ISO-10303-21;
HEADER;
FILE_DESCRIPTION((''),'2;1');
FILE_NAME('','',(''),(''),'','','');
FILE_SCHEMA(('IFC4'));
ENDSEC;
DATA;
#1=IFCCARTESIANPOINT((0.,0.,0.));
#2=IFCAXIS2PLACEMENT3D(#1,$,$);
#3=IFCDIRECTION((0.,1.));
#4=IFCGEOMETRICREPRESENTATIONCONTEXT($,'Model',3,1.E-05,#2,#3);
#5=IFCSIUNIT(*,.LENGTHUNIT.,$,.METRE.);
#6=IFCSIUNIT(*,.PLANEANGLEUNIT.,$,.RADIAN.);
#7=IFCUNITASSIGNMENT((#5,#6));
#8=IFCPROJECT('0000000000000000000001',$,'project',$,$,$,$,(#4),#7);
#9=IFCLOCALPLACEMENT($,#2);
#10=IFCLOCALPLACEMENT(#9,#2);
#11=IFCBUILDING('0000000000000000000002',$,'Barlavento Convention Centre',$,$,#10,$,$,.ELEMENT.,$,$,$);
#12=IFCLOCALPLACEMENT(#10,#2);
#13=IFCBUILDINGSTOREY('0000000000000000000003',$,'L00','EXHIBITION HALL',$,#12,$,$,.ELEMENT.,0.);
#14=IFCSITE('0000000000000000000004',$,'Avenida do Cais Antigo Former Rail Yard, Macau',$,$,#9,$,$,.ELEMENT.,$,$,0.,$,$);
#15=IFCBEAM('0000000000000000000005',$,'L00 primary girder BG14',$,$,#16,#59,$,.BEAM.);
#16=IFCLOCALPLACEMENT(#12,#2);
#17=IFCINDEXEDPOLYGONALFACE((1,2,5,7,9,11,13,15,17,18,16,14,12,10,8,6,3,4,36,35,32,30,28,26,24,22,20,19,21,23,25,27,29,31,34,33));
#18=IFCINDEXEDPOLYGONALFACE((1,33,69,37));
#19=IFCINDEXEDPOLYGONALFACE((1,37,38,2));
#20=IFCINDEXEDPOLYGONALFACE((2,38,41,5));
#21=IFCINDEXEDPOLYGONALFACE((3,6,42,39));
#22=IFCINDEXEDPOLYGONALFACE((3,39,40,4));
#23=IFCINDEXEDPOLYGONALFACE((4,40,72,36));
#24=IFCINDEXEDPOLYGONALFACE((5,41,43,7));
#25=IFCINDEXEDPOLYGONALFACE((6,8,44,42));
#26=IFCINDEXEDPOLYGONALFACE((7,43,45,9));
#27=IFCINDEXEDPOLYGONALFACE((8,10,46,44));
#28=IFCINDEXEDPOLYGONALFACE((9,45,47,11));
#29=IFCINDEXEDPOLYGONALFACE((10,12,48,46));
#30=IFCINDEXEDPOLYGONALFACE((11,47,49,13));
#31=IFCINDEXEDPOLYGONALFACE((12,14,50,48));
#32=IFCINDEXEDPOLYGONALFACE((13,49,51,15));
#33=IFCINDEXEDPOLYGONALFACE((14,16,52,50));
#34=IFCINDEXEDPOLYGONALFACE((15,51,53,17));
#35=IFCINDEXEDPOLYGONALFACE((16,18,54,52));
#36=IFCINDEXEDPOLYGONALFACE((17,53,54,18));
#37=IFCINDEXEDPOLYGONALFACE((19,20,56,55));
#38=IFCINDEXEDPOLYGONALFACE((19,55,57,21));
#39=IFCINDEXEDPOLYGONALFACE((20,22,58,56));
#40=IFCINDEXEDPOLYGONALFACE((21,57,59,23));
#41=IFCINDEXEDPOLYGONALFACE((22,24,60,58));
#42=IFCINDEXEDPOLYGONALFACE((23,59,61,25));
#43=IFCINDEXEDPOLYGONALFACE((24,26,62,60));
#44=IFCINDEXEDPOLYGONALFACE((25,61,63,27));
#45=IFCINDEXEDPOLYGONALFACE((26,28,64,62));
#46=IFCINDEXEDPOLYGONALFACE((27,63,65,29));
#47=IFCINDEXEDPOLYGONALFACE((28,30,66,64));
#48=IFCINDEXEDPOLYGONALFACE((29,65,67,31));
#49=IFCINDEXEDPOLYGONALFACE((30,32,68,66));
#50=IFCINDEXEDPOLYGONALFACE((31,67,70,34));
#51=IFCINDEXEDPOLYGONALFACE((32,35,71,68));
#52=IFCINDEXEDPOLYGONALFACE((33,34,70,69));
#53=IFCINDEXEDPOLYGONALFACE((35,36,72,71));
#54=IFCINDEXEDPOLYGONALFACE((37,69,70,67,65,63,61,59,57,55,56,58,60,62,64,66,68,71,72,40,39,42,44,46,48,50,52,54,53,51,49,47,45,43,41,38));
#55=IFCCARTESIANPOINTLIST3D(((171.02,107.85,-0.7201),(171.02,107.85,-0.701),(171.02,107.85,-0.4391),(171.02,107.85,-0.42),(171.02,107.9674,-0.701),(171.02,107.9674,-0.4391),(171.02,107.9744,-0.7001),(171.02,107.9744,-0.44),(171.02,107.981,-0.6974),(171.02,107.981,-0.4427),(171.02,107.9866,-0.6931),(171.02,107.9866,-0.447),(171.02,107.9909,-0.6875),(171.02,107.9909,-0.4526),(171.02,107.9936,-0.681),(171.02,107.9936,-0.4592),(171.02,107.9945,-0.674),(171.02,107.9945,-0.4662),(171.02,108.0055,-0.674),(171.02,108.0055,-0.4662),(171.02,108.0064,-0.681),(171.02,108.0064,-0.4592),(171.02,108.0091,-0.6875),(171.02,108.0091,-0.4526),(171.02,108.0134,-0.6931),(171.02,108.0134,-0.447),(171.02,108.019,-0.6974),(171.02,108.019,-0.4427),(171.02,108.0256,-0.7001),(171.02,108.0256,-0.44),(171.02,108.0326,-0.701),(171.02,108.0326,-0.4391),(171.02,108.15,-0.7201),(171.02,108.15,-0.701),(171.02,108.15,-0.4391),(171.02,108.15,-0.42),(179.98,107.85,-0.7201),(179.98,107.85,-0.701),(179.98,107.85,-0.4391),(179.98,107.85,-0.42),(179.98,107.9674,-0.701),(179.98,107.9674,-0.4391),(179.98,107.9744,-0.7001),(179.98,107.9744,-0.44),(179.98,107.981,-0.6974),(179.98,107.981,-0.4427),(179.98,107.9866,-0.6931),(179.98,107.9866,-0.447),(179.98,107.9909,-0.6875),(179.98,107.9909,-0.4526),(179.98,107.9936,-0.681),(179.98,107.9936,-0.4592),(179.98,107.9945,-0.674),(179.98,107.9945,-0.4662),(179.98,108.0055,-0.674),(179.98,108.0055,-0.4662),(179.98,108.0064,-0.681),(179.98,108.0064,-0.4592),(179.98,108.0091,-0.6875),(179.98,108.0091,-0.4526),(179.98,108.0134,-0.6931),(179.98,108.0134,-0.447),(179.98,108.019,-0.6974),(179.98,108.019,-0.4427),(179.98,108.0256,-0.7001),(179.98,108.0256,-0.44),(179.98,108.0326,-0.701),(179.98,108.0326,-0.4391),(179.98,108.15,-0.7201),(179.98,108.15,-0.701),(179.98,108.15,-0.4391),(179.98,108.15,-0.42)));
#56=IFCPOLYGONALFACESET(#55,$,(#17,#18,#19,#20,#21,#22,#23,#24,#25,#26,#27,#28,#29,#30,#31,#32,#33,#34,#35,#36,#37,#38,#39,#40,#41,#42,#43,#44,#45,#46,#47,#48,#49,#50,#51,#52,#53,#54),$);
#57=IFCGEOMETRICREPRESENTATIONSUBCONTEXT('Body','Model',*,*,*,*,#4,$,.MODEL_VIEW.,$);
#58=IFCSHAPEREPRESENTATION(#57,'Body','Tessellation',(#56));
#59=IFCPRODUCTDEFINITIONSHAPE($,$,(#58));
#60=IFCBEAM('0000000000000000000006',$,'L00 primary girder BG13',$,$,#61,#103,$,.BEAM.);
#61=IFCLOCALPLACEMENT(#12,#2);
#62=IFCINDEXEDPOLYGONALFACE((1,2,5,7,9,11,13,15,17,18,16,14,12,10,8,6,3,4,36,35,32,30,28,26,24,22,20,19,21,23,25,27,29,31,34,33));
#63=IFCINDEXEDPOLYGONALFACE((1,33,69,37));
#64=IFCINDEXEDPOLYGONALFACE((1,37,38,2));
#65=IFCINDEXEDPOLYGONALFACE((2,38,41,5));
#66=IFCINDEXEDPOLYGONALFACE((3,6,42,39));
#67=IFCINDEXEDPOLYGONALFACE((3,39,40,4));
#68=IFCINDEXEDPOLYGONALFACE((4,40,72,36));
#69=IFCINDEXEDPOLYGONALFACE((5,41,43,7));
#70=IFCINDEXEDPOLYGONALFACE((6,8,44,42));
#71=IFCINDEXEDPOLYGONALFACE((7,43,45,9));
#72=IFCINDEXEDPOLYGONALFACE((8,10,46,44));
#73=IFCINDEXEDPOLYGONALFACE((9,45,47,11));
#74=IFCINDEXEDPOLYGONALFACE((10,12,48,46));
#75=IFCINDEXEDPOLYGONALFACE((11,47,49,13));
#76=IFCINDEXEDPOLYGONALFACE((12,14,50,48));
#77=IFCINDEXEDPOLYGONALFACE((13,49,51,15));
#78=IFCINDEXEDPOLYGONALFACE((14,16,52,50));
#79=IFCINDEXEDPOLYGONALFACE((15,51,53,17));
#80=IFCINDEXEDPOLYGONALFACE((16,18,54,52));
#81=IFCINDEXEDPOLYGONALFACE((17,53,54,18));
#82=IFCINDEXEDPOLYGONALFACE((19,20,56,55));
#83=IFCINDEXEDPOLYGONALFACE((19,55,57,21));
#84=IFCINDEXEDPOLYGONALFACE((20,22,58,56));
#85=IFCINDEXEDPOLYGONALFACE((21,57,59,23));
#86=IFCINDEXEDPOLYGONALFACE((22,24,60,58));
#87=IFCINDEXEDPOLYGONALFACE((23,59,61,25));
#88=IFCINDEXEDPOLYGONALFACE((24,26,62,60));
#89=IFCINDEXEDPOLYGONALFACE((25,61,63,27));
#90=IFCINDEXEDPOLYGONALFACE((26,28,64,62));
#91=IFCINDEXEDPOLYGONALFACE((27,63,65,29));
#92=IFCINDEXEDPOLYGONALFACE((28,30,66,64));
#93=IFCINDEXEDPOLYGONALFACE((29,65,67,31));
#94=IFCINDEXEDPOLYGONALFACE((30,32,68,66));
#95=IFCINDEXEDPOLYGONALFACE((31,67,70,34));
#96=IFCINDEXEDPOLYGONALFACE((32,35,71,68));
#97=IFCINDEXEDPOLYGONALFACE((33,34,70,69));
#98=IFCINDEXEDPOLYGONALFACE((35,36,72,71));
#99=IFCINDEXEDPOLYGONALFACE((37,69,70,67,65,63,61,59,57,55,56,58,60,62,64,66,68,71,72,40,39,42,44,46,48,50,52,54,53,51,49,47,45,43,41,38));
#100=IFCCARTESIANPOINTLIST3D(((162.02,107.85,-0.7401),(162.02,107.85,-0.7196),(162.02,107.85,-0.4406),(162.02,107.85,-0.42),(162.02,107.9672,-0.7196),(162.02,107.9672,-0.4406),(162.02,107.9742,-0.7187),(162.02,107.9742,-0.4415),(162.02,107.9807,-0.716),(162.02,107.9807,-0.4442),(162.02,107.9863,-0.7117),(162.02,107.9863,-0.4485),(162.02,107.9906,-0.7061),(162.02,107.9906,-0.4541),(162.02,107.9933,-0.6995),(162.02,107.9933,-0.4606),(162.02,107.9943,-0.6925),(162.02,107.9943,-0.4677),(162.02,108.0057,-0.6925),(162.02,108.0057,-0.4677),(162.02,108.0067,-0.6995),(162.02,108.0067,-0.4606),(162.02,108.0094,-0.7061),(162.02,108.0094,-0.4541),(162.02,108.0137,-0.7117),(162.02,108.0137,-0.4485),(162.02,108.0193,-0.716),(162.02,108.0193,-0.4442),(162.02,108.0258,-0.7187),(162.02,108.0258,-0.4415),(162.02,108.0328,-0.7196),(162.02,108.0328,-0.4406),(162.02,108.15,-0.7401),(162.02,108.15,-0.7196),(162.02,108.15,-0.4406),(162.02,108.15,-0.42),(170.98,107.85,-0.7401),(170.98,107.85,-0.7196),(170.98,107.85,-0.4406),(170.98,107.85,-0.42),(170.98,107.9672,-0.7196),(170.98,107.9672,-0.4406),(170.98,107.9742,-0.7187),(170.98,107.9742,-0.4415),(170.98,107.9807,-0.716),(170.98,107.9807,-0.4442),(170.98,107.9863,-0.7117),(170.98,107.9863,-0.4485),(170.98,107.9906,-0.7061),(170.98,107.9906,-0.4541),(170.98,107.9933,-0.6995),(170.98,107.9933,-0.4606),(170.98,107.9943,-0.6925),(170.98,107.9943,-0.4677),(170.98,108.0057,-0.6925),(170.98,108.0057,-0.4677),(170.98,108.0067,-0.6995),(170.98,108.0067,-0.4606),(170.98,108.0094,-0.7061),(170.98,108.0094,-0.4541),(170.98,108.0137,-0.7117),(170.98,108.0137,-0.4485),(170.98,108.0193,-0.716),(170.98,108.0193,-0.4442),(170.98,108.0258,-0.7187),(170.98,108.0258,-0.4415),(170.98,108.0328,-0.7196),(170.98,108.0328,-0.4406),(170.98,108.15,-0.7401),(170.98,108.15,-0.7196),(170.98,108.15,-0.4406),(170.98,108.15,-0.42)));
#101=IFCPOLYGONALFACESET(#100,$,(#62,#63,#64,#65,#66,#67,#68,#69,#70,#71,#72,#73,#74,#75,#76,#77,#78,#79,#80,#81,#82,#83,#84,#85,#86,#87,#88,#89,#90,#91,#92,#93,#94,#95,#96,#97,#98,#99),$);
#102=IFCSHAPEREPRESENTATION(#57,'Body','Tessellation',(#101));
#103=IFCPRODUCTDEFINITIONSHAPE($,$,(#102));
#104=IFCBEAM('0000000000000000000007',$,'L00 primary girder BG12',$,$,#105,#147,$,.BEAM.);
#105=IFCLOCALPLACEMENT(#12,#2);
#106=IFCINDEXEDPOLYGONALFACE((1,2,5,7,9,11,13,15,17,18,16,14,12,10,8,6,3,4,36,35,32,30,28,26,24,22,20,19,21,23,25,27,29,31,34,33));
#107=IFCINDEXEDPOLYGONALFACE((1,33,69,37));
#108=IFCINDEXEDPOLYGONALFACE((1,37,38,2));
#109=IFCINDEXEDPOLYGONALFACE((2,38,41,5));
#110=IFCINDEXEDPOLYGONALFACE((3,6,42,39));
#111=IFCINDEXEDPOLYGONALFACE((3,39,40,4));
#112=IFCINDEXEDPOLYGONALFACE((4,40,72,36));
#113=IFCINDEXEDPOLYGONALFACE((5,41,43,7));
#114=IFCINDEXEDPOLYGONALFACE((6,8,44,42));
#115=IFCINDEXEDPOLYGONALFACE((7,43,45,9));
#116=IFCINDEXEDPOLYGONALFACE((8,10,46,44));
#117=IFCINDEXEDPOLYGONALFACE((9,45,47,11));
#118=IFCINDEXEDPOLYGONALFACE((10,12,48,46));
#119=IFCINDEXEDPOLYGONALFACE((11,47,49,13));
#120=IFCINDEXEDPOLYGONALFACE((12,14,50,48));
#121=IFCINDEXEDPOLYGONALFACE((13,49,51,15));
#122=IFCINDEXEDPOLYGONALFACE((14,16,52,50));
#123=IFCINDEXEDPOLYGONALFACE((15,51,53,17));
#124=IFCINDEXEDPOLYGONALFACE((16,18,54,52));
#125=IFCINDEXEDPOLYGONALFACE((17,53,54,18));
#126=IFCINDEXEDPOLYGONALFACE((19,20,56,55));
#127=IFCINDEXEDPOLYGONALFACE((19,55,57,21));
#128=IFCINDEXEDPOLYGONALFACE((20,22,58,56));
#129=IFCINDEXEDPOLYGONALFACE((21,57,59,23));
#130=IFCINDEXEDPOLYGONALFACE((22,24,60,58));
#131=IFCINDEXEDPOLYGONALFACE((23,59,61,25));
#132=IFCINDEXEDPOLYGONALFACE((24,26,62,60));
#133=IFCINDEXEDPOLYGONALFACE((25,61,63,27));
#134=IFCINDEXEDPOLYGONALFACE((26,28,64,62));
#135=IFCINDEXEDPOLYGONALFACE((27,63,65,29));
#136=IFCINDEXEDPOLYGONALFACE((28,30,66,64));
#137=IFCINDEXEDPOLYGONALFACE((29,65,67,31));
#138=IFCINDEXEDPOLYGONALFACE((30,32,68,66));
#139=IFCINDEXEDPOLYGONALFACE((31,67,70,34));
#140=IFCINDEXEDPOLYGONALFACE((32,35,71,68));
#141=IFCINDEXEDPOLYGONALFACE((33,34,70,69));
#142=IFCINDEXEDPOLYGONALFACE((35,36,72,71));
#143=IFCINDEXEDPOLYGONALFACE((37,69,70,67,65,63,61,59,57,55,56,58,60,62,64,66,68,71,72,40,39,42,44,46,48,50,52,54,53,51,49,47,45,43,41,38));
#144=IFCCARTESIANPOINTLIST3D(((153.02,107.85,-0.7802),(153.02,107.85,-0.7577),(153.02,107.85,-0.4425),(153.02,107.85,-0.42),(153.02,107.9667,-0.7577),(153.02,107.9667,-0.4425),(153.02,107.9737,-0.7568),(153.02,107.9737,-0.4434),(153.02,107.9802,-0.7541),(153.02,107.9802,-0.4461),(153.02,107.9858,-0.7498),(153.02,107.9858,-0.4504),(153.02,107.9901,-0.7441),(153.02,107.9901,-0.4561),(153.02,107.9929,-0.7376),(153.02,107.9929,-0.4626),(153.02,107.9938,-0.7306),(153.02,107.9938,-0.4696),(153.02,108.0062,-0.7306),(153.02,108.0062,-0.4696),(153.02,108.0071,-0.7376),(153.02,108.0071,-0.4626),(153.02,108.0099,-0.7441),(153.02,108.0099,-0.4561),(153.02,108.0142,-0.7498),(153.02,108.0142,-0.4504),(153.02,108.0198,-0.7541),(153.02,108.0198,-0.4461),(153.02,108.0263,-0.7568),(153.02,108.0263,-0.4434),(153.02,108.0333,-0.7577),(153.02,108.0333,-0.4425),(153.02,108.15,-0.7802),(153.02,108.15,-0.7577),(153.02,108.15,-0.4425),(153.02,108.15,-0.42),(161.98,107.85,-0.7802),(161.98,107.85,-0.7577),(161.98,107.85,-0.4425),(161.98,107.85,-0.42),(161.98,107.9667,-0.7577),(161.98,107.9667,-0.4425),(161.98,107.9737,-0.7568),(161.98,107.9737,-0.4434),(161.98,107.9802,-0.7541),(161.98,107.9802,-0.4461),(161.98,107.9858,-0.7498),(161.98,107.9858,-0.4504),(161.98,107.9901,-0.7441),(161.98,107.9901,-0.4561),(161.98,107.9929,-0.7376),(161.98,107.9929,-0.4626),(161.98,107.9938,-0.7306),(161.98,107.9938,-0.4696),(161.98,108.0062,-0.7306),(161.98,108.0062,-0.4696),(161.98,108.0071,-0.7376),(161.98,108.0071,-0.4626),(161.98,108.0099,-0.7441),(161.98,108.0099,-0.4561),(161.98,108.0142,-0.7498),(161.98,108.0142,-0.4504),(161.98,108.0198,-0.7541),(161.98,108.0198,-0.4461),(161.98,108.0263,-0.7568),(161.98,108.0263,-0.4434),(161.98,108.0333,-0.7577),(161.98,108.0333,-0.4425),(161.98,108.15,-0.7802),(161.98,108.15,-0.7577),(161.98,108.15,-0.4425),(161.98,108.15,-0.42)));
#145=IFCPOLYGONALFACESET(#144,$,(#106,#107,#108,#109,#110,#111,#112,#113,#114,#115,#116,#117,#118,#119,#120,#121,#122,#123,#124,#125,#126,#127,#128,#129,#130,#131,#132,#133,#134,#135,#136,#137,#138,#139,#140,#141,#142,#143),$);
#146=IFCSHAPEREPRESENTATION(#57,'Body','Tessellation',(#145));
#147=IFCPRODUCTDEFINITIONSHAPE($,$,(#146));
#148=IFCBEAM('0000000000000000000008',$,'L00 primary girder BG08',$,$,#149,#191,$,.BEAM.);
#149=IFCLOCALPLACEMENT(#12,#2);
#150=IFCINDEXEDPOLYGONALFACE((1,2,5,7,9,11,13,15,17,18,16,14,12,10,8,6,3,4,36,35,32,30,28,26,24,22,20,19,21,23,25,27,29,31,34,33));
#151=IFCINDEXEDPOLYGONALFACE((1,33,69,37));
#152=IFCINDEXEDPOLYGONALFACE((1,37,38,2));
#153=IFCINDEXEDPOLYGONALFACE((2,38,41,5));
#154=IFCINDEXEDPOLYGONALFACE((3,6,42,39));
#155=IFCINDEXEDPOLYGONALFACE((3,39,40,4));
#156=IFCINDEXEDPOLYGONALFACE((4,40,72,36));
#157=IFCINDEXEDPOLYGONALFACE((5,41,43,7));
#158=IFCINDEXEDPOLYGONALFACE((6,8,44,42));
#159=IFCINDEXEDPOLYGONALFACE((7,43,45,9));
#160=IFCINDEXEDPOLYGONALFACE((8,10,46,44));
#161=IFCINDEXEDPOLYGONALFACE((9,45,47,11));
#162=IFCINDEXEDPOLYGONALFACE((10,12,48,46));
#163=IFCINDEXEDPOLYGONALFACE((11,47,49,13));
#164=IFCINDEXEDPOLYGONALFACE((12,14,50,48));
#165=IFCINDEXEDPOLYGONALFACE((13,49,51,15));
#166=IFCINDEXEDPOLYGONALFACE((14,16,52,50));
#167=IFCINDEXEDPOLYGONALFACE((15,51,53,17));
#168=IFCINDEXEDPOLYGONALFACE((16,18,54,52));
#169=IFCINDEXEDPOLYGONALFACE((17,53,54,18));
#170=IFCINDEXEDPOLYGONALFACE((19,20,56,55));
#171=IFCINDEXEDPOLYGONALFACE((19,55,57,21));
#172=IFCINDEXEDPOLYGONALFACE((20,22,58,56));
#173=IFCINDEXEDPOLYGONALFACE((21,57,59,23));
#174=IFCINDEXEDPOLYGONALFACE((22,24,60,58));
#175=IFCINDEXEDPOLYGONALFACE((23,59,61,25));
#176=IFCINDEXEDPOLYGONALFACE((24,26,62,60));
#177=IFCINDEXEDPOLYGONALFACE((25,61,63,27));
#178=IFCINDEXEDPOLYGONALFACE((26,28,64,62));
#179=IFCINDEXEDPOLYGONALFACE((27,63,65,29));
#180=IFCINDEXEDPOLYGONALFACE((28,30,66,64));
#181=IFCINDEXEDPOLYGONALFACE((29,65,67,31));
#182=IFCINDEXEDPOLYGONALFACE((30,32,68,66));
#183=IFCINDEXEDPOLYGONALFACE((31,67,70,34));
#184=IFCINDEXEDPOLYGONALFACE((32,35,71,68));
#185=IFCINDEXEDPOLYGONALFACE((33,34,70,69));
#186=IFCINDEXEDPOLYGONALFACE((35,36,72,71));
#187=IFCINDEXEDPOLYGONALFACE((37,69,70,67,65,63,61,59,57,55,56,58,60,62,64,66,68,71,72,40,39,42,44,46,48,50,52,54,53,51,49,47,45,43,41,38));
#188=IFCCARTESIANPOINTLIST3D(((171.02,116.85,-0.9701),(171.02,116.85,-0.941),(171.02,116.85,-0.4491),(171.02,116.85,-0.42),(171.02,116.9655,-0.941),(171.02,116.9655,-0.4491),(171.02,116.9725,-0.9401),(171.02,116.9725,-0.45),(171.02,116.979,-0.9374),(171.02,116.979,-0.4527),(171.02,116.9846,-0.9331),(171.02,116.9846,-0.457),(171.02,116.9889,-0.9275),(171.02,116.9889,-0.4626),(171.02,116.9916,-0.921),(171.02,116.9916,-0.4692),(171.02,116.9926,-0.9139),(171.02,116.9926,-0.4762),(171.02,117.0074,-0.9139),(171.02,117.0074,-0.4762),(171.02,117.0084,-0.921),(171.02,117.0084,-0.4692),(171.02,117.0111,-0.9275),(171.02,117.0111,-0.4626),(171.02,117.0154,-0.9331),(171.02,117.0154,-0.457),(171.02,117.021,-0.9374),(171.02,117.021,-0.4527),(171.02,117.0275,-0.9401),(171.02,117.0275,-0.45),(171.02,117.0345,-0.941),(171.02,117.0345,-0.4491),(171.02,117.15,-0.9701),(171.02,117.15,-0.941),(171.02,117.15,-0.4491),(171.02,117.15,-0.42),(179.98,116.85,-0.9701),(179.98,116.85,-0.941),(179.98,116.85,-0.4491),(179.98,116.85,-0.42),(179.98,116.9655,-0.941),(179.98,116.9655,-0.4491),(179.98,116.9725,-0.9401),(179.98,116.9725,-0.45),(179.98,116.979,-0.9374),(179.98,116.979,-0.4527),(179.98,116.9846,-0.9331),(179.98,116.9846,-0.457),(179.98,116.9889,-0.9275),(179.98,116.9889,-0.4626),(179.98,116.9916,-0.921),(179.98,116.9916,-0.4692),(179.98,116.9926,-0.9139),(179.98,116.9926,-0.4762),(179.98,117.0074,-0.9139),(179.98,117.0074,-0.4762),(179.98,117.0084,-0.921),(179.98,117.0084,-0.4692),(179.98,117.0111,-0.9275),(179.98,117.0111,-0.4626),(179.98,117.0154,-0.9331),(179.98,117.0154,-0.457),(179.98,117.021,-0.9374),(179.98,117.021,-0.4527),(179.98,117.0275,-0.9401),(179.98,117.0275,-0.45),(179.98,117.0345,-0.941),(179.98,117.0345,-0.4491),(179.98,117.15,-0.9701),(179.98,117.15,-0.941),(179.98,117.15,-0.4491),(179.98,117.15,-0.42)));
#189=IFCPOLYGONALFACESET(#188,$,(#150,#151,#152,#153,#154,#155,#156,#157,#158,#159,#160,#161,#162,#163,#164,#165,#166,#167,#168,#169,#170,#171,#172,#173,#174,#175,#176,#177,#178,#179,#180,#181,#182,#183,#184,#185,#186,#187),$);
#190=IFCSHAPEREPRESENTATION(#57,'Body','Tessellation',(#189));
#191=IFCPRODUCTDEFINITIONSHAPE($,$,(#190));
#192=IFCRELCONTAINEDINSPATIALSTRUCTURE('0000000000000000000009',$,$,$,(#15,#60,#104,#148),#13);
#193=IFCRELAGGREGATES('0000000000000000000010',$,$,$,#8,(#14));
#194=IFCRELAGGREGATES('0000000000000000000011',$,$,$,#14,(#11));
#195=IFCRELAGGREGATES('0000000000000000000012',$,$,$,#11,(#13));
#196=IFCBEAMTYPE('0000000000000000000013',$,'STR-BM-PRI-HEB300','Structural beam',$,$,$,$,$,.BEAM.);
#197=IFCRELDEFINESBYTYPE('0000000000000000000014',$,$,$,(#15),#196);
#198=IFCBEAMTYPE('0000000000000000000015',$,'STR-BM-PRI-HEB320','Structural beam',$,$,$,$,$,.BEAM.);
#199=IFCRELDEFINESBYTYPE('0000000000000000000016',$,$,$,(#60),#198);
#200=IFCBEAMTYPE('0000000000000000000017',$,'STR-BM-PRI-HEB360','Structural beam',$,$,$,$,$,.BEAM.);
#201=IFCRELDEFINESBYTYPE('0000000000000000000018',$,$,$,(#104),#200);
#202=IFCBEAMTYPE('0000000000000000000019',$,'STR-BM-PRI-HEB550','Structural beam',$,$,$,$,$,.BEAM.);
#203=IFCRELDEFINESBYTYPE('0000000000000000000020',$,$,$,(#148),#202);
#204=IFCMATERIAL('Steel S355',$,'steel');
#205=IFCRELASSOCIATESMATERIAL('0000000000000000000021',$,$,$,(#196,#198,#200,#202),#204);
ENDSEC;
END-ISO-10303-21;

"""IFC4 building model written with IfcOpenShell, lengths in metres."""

from ifc_helpers import new_model, si_unit, direction, frame, origin, origin_2d, place, context, subcontext, project, spatial, i_section, extrude, material, material_profile, profile_set, type_object, element, save


model = new_model("IFC4")

# Units and contexts
model_context = context("Model", 3, precision=1e-05, world=origin(), true_north=direction((0.0, 1.0)))
body_context = subcontext(model_context, "Body", "Model", "MODEL_VIEW")
ifc_project = project(units=[si_unit("LENGTHUNIT", "METRE"), si_unit("PLANEANGLEUNIT", "RADIAN")], contexts=[model_context])

# Site, building, storey
site_placement = place(None, origin())
site = spatial("IfcSite", under=ifc_project, at=site_placement, Name="Avenida do Cais Antigo Former Rail Yard, Macau", CompositionType="ELEMENT", RefElevation=0.0)
building_placement = place(site_placement, origin())
building = spatial("IfcBuilding", under=site, at=building_placement, Name="Barlavento Convention Centre", CompositionType="ELEMENT")
storey_placement = place(building_placement, origin())
storey = spatial("IfcBuildingStorey", under=building, at=storey_placement, Name="L00", Description="EXHIBITION HALL", CompositionType="ELEMENT", Elevation=0.0)

# Beams
ifc_material_1 = material(Name="Steel S355", Category="steel")
ifc_material_profile_1 = material_profile(ifc_material_1, i_section(OverallWidth=0.3, OverallDepth=0.3, WebThickness=0.011, FlangeThickness=0.019, FilletRadius=0.0271, at=origin_2d()), Name="HEB 300")
ifc_profile_set_1 = profile_set([ifc_material_profile_1], Name="Steel S355")
beam_type_1 = type_object("IfcBeamType", Name="STR-BM-PRI-HEB300", Description="Structural beam", PredefinedType="BEAM", material=ifc_profile_set_1)
beam_1_placement = place(storey_placement, frame((171.02, 108.0, -0.5701), z_axis=(1.0, 0.0, 0.0), x_axis=(0.0, 1.0, 0.0)))
element("IfcBeam", 1, at=beam_1_placement, inside=storey, type_object=beam_type_1, Name="L00 primary girder BG14", PredefinedType="BEAM", context=body_context, shape_type="SweptSolid", body=[
    extrude(i_section(OverallWidth=0.3, OverallDepth=0.3, WebThickness=0.011, FlangeThickness=0.019, FilletRadius=0.0271, at=origin_2d()), origin(), (0.0, 0.0, 1.0), 8.96),
])
ifc_material_profile_2 = material_profile(ifc_material_1, i_section(OverallWidth=0.3, OverallDepth=0.3201, WebThickness=0.0115, FlangeThickness=0.0205, FilletRadius=0.0271, at=origin_2d()), Name="HEB 320")
ifc_profile_set_2 = profile_set([ifc_material_profile_2], Name="Steel S355")
beam_type_2 = type_object("IfcBeamType", Name="STR-BM-PRI-HEB320", Description="Structural beam", PredefinedType="BEAM", material=ifc_profile_set_2)
beam_2_placement = place(storey_placement, frame((162.02, 108.0, -0.5801), z_axis=(1.0, 0.0, 0.0), x_axis=(0.0, 1.0, 0.0)))
element("IfcBeam", 2, at=beam_2_placement, inside=storey, type_object=beam_type_2, Name="L00 primary girder BG13", PredefinedType="BEAM", context=body_context, shape_type="SweptSolid", body=[
    extrude(i_section(OverallWidth=0.3, OverallDepth=0.3201, WebThickness=0.0115, FlangeThickness=0.0205, FilletRadius=0.0271, at=origin_2d()), origin(), (0.0, 0.0, 1.0), 8.96),
])
ifc_material_profile_3 = material_profile(ifc_material_1, i_section(OverallWidth=0.3, OverallDepth=0.3601, WebThickness=0.0125, FlangeThickness=0.0225, FilletRadius=0.0271, at=origin_2d()), Name="HEB 360")
ifc_profile_set_3 = profile_set([ifc_material_profile_3], Name="Steel S355")
beam_type_3 = type_object("IfcBeamType", Name="STR-BM-PRI-HEB360", Description="Structural beam", PredefinedType="BEAM", material=ifc_profile_set_3)
beam_3_placement = place(storey_placement, frame((153.02, 108.0, -0.6001), z_axis=(1.0, 0.0, 0.0), x_axis=(0.0, 1.0, 0.0)))
element("IfcBeam", 3, at=beam_3_placement, inside=storey, type_object=beam_type_3, Name="L00 primary girder BG12", PredefinedType="BEAM", context=body_context, shape_type="SweptSolid", body=[
    extrude(i_section(OverallWidth=0.3, OverallDepth=0.3601, WebThickness=0.0125, FlangeThickness=0.0225, FilletRadius=0.0271, at=origin_2d()), origin(), (0.0, 0.0, 1.0), 8.96),
])
ifc_material_profile_4 = material_profile(ifc_material_1, i_section(OverallWidth=0.3, OverallDepth=0.55, WebThickness=0.0149, FlangeThickness=0.0291, FilletRadius=0.0271, at=origin_2d()), Name="HEB 550")
ifc_profile_set_4 = profile_set([ifc_material_profile_4], Name="Steel S355")
beam_type_4 = type_object("IfcBeamType", Name="STR-BM-PRI-HEB550", Description="Structural beam", PredefinedType="BEAM", material=ifc_profile_set_4)
beam_4_placement = place(storey_placement, frame((171.02, 117.0, -0.6951), z_axis=(1.0, 0.0, 0.0), x_axis=(0.0, 1.0, 0.0)))
element("IfcBeam", 4, at=beam_4_placement, inside=storey, type_object=beam_type_4, Name="L00 primary girder BG08", PredefinedType="BEAM", context=body_context, shape_type="SweptSolid", body=[
    extrude(i_section(OverallWidth=0.3, OverallDepth=0.55, WebThickness=0.0149, FlangeThickness=0.0291, FilletRadius=0.0271, at=origin_2d()), origin(), (0.0, 0.0, 1.0), 8.96),
])

save(model, "model.ifc")
